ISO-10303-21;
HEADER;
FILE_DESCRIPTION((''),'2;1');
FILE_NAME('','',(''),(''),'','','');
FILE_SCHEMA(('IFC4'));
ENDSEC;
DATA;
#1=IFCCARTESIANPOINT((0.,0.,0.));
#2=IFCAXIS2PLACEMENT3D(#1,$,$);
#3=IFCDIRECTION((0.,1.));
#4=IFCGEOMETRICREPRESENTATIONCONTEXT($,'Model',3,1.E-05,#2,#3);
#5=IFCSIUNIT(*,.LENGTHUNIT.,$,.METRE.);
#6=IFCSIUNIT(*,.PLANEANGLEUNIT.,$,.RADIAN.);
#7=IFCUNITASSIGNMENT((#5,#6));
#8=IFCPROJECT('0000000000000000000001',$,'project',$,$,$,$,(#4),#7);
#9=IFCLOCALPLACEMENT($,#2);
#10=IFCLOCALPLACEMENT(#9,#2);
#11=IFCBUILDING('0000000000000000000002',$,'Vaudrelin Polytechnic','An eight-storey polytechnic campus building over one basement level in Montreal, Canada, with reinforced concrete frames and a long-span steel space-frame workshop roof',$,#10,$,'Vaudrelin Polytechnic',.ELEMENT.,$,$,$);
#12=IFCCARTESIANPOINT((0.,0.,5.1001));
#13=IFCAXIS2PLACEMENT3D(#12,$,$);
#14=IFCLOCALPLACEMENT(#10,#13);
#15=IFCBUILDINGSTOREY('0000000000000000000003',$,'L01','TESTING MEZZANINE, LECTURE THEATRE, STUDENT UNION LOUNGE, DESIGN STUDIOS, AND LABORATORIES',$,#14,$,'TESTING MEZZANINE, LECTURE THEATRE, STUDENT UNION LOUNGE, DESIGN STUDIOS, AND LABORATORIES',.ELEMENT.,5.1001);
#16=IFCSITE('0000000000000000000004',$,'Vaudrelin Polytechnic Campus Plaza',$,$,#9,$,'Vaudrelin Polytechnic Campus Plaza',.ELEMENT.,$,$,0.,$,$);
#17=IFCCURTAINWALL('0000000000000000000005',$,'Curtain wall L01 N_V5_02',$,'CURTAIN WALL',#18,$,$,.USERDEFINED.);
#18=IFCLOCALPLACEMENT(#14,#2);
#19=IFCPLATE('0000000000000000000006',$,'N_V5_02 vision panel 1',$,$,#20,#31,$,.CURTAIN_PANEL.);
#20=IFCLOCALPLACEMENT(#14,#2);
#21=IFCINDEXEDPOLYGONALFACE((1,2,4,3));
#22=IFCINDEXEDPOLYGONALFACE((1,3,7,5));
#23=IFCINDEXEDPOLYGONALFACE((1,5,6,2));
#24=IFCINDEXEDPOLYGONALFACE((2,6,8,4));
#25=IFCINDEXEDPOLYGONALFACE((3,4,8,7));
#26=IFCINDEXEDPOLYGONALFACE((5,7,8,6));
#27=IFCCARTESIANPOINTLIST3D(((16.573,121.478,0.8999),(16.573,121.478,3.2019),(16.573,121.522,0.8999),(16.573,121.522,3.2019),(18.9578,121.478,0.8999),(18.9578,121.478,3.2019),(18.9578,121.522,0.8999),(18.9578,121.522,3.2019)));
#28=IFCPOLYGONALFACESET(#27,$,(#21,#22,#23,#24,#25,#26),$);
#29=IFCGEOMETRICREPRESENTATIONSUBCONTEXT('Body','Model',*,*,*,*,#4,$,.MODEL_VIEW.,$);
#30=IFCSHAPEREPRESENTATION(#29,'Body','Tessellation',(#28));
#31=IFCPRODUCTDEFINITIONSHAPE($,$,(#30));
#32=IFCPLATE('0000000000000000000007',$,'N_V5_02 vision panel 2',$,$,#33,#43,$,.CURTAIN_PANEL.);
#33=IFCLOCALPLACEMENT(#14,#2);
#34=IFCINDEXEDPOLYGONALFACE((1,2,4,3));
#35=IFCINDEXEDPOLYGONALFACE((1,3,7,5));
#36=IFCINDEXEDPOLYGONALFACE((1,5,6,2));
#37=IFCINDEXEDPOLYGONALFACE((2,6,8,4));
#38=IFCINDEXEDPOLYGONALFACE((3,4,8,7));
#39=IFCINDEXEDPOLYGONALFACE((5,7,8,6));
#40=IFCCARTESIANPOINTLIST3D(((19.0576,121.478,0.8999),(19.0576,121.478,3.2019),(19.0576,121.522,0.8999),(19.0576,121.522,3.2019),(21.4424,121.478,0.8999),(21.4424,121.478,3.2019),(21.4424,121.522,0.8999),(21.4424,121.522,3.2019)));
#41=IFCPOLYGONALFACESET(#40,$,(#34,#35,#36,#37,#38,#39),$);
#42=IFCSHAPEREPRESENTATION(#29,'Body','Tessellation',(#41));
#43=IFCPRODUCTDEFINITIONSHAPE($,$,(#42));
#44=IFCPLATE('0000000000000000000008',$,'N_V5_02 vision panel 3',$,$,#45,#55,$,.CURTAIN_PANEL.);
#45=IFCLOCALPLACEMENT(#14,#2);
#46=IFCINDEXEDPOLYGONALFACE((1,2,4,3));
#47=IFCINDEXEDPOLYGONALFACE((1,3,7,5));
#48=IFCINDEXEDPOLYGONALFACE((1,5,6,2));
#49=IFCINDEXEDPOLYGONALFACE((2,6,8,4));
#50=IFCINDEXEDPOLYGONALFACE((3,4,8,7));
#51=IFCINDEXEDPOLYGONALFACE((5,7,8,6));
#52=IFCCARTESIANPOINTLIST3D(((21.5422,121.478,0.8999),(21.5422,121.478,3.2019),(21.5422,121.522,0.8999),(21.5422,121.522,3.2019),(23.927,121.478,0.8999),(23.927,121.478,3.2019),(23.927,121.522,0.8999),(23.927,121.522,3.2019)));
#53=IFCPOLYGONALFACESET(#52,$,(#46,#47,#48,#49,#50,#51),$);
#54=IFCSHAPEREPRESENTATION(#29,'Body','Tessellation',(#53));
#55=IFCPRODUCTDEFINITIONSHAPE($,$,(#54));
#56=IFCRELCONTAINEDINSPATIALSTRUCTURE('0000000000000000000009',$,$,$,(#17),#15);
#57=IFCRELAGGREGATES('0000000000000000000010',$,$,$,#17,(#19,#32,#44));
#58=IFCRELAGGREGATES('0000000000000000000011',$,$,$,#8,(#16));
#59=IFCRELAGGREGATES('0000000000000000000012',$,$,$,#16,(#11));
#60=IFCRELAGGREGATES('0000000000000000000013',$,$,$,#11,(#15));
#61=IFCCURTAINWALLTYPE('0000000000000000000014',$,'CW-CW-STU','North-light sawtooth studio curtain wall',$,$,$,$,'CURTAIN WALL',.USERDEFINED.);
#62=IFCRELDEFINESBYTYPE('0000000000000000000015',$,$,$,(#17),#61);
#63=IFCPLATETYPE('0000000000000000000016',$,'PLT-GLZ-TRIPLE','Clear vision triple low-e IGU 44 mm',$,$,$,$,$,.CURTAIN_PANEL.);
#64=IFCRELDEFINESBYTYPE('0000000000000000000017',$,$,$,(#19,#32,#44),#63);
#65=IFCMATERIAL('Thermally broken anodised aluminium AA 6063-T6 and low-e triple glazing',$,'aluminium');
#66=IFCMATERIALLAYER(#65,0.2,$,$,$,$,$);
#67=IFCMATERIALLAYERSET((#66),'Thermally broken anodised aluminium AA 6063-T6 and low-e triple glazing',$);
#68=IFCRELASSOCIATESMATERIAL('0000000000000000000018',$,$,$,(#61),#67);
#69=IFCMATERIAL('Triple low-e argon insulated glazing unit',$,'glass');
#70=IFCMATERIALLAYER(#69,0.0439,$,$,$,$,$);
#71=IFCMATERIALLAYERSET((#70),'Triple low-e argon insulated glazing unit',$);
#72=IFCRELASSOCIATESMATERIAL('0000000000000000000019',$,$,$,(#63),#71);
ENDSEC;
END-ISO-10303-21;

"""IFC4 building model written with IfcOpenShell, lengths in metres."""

from ifc_helpers import new_model, si_unit, direction, frame, origin, origin_2d, place, context, subcontext, project, spatial, rectangle, extrude, material, layer, layer_set, type_object, element, aggregate, save


model = new_model("IFC4")

# Units and contexts
model_context = context("Model", 3, precision=1e-05, world=origin(), true_north=direction((0.0, 1.0)))
body_context = subcontext(model_context, "Body", "Model", "MODEL_VIEW")
ifc_project = project(units=[si_unit("LENGTHUNIT", "METRE"), si_unit("PLANEANGLEUNIT", "RADIAN")], contexts=[model_context])

# Site, building, storey
site_placement = place(None, origin())
site = spatial("IfcSite", under=ifc_project, at=site_placement, Name="Vaudrelin Polytechnic Campus Plaza", LongName="Vaudrelin Polytechnic Campus Plaza", CompositionType="ELEMENT", RefElevation=0.0)
building_placement = place(site_placement, origin())
building = spatial("IfcBuilding", under=site, at=building_placement, Name="Vaudrelin Polytechnic", Description="An eight-storey polytechnic campus building over one basement level in Montreal, Canada, with reinforced concrete frames and a long-span steel space-frame workshop roof", LongName="Vaudrelin Polytechnic", CompositionType="ELEMENT")
storey_placement = place(building_placement, frame((0.0, 0.0, 5.1001)))
storey = spatial("IfcBuildingStorey", under=building, at=storey_placement, Name="L01", Description="TESTING MEZZANINE, LECTURE THEATRE, STUDENT UNION LOUNGE, DESIGN STUDIOS, AND LABORATORIES", LongName="TESTING MEZZANINE, LECTURE THEATRE, STUDENT UNION LOUNGE, DESIGN STUDIOS, AND LABORATORIES", CompositionType="ELEMENT", Elevation=5.1001)

# Curtain wall, plates
ifc_material_1 = material(Name="Thermally broken anodised aluminium AA 6063-T6 and low-e triple glazing", Category="aluminium")
ifc_layer_1 = layer(ifc_material_1, 0.2)
ifc_layer_set_1 = layer_set([ifc_layer_1], Name="Thermally broken anodised aluminium AA 6063-T6 and low-e triple glazing")
curtain_wall_type = type_object("IfcCurtainWallType", Name="CW-CW-STU", Description="North-light sawtooth studio curtain wall", ElementType="CURTAIN WALL", PredefinedType="USERDEFINED", material=ifc_layer_set_1)
curtain_wall_placement = place(storey_placement, origin())
curtain_wall = element("IfcCurtainWall", 1, at=curtain_wall_placement, inside=storey, type_object=curtain_wall_type, Name="Curtain wall L01 N_V5_02", ObjectType="CURTAIN WALL", PredefinedType="USERDEFINED")
ifc_material_2 = material(Name="Triple low-e argon insulated glazing unit", Category="glass")
ifc_layer_2 = layer(ifc_material_2, 0.0439)
ifc_layer_set_2 = layer_set([ifc_layer_2], Name="Triple low-e argon insulated glazing unit")
plate_type_1 = type_object("IfcPlateType", Name="PLT-GLZ-TRIPLE", Description="Clear vision triple low-e IGU 44 mm", PredefinedType="CURTAIN_PANEL", material=ifc_layer_set_2)
plate_1_placement = place(storey_placement, frame((17.7654, 121.5, 0.8999), z_axis=(0.0, 0.0, 1.0), x_axis=(1.0, 0.0, 0.0)))
plate_1 = element("IfcPlate", 2, at=plate_1_placement, type_object=plate_type_1, Name="N_V5_02 vision panel 1", PredefinedType="CURTAIN_PANEL", context=body_context, shape_type="SweptSolid", body=[
    extrude(rectangle(XDim=2.3848, YDim=0.0439, at=origin_2d()), origin(), (0.0, 0.0, 1.0), 2.302),
])
plate_2_placement = place(storey_placement, frame((20.25, 121.5, 0.8999), z_axis=(0.0, 0.0, 1.0), x_axis=(1.0, 0.0, 0.0)))
plate_2 = element("IfcPlate", 3, at=plate_2_placement, type_object=plate_type_1, Name="N_V5_02 vision panel 2", PredefinedType="CURTAIN_PANEL", context=body_context, shape_type="SweptSolid", body=[
    extrude(rectangle(XDim=2.3848, YDim=0.0439, at=origin_2d()), origin(), (0.0, 0.0, 1.0), 2.302),
])
plate_3_placement = place(storey_placement, frame((22.7346, 121.5, 0.8999), z_axis=(0.0, 0.0, 1.0), x_axis=(1.0, 0.0, 0.0)))
plate_3 = element("IfcPlate", 4, at=plate_3_placement, type_object=plate_type_1, Name="N_V5_02 vision panel 3", PredefinedType="CURTAIN_PANEL", context=body_context, shape_type="SweptSolid", body=[
    extrude(rectangle(XDim=2.3848, YDim=0.0439, at=origin_2d()), origin(), (0.0, 0.0, 1.0), 2.302),
])
aggregate(curtain_wall, [plate_1, plate_2, plate_3])

save(model, "model.ifc")
